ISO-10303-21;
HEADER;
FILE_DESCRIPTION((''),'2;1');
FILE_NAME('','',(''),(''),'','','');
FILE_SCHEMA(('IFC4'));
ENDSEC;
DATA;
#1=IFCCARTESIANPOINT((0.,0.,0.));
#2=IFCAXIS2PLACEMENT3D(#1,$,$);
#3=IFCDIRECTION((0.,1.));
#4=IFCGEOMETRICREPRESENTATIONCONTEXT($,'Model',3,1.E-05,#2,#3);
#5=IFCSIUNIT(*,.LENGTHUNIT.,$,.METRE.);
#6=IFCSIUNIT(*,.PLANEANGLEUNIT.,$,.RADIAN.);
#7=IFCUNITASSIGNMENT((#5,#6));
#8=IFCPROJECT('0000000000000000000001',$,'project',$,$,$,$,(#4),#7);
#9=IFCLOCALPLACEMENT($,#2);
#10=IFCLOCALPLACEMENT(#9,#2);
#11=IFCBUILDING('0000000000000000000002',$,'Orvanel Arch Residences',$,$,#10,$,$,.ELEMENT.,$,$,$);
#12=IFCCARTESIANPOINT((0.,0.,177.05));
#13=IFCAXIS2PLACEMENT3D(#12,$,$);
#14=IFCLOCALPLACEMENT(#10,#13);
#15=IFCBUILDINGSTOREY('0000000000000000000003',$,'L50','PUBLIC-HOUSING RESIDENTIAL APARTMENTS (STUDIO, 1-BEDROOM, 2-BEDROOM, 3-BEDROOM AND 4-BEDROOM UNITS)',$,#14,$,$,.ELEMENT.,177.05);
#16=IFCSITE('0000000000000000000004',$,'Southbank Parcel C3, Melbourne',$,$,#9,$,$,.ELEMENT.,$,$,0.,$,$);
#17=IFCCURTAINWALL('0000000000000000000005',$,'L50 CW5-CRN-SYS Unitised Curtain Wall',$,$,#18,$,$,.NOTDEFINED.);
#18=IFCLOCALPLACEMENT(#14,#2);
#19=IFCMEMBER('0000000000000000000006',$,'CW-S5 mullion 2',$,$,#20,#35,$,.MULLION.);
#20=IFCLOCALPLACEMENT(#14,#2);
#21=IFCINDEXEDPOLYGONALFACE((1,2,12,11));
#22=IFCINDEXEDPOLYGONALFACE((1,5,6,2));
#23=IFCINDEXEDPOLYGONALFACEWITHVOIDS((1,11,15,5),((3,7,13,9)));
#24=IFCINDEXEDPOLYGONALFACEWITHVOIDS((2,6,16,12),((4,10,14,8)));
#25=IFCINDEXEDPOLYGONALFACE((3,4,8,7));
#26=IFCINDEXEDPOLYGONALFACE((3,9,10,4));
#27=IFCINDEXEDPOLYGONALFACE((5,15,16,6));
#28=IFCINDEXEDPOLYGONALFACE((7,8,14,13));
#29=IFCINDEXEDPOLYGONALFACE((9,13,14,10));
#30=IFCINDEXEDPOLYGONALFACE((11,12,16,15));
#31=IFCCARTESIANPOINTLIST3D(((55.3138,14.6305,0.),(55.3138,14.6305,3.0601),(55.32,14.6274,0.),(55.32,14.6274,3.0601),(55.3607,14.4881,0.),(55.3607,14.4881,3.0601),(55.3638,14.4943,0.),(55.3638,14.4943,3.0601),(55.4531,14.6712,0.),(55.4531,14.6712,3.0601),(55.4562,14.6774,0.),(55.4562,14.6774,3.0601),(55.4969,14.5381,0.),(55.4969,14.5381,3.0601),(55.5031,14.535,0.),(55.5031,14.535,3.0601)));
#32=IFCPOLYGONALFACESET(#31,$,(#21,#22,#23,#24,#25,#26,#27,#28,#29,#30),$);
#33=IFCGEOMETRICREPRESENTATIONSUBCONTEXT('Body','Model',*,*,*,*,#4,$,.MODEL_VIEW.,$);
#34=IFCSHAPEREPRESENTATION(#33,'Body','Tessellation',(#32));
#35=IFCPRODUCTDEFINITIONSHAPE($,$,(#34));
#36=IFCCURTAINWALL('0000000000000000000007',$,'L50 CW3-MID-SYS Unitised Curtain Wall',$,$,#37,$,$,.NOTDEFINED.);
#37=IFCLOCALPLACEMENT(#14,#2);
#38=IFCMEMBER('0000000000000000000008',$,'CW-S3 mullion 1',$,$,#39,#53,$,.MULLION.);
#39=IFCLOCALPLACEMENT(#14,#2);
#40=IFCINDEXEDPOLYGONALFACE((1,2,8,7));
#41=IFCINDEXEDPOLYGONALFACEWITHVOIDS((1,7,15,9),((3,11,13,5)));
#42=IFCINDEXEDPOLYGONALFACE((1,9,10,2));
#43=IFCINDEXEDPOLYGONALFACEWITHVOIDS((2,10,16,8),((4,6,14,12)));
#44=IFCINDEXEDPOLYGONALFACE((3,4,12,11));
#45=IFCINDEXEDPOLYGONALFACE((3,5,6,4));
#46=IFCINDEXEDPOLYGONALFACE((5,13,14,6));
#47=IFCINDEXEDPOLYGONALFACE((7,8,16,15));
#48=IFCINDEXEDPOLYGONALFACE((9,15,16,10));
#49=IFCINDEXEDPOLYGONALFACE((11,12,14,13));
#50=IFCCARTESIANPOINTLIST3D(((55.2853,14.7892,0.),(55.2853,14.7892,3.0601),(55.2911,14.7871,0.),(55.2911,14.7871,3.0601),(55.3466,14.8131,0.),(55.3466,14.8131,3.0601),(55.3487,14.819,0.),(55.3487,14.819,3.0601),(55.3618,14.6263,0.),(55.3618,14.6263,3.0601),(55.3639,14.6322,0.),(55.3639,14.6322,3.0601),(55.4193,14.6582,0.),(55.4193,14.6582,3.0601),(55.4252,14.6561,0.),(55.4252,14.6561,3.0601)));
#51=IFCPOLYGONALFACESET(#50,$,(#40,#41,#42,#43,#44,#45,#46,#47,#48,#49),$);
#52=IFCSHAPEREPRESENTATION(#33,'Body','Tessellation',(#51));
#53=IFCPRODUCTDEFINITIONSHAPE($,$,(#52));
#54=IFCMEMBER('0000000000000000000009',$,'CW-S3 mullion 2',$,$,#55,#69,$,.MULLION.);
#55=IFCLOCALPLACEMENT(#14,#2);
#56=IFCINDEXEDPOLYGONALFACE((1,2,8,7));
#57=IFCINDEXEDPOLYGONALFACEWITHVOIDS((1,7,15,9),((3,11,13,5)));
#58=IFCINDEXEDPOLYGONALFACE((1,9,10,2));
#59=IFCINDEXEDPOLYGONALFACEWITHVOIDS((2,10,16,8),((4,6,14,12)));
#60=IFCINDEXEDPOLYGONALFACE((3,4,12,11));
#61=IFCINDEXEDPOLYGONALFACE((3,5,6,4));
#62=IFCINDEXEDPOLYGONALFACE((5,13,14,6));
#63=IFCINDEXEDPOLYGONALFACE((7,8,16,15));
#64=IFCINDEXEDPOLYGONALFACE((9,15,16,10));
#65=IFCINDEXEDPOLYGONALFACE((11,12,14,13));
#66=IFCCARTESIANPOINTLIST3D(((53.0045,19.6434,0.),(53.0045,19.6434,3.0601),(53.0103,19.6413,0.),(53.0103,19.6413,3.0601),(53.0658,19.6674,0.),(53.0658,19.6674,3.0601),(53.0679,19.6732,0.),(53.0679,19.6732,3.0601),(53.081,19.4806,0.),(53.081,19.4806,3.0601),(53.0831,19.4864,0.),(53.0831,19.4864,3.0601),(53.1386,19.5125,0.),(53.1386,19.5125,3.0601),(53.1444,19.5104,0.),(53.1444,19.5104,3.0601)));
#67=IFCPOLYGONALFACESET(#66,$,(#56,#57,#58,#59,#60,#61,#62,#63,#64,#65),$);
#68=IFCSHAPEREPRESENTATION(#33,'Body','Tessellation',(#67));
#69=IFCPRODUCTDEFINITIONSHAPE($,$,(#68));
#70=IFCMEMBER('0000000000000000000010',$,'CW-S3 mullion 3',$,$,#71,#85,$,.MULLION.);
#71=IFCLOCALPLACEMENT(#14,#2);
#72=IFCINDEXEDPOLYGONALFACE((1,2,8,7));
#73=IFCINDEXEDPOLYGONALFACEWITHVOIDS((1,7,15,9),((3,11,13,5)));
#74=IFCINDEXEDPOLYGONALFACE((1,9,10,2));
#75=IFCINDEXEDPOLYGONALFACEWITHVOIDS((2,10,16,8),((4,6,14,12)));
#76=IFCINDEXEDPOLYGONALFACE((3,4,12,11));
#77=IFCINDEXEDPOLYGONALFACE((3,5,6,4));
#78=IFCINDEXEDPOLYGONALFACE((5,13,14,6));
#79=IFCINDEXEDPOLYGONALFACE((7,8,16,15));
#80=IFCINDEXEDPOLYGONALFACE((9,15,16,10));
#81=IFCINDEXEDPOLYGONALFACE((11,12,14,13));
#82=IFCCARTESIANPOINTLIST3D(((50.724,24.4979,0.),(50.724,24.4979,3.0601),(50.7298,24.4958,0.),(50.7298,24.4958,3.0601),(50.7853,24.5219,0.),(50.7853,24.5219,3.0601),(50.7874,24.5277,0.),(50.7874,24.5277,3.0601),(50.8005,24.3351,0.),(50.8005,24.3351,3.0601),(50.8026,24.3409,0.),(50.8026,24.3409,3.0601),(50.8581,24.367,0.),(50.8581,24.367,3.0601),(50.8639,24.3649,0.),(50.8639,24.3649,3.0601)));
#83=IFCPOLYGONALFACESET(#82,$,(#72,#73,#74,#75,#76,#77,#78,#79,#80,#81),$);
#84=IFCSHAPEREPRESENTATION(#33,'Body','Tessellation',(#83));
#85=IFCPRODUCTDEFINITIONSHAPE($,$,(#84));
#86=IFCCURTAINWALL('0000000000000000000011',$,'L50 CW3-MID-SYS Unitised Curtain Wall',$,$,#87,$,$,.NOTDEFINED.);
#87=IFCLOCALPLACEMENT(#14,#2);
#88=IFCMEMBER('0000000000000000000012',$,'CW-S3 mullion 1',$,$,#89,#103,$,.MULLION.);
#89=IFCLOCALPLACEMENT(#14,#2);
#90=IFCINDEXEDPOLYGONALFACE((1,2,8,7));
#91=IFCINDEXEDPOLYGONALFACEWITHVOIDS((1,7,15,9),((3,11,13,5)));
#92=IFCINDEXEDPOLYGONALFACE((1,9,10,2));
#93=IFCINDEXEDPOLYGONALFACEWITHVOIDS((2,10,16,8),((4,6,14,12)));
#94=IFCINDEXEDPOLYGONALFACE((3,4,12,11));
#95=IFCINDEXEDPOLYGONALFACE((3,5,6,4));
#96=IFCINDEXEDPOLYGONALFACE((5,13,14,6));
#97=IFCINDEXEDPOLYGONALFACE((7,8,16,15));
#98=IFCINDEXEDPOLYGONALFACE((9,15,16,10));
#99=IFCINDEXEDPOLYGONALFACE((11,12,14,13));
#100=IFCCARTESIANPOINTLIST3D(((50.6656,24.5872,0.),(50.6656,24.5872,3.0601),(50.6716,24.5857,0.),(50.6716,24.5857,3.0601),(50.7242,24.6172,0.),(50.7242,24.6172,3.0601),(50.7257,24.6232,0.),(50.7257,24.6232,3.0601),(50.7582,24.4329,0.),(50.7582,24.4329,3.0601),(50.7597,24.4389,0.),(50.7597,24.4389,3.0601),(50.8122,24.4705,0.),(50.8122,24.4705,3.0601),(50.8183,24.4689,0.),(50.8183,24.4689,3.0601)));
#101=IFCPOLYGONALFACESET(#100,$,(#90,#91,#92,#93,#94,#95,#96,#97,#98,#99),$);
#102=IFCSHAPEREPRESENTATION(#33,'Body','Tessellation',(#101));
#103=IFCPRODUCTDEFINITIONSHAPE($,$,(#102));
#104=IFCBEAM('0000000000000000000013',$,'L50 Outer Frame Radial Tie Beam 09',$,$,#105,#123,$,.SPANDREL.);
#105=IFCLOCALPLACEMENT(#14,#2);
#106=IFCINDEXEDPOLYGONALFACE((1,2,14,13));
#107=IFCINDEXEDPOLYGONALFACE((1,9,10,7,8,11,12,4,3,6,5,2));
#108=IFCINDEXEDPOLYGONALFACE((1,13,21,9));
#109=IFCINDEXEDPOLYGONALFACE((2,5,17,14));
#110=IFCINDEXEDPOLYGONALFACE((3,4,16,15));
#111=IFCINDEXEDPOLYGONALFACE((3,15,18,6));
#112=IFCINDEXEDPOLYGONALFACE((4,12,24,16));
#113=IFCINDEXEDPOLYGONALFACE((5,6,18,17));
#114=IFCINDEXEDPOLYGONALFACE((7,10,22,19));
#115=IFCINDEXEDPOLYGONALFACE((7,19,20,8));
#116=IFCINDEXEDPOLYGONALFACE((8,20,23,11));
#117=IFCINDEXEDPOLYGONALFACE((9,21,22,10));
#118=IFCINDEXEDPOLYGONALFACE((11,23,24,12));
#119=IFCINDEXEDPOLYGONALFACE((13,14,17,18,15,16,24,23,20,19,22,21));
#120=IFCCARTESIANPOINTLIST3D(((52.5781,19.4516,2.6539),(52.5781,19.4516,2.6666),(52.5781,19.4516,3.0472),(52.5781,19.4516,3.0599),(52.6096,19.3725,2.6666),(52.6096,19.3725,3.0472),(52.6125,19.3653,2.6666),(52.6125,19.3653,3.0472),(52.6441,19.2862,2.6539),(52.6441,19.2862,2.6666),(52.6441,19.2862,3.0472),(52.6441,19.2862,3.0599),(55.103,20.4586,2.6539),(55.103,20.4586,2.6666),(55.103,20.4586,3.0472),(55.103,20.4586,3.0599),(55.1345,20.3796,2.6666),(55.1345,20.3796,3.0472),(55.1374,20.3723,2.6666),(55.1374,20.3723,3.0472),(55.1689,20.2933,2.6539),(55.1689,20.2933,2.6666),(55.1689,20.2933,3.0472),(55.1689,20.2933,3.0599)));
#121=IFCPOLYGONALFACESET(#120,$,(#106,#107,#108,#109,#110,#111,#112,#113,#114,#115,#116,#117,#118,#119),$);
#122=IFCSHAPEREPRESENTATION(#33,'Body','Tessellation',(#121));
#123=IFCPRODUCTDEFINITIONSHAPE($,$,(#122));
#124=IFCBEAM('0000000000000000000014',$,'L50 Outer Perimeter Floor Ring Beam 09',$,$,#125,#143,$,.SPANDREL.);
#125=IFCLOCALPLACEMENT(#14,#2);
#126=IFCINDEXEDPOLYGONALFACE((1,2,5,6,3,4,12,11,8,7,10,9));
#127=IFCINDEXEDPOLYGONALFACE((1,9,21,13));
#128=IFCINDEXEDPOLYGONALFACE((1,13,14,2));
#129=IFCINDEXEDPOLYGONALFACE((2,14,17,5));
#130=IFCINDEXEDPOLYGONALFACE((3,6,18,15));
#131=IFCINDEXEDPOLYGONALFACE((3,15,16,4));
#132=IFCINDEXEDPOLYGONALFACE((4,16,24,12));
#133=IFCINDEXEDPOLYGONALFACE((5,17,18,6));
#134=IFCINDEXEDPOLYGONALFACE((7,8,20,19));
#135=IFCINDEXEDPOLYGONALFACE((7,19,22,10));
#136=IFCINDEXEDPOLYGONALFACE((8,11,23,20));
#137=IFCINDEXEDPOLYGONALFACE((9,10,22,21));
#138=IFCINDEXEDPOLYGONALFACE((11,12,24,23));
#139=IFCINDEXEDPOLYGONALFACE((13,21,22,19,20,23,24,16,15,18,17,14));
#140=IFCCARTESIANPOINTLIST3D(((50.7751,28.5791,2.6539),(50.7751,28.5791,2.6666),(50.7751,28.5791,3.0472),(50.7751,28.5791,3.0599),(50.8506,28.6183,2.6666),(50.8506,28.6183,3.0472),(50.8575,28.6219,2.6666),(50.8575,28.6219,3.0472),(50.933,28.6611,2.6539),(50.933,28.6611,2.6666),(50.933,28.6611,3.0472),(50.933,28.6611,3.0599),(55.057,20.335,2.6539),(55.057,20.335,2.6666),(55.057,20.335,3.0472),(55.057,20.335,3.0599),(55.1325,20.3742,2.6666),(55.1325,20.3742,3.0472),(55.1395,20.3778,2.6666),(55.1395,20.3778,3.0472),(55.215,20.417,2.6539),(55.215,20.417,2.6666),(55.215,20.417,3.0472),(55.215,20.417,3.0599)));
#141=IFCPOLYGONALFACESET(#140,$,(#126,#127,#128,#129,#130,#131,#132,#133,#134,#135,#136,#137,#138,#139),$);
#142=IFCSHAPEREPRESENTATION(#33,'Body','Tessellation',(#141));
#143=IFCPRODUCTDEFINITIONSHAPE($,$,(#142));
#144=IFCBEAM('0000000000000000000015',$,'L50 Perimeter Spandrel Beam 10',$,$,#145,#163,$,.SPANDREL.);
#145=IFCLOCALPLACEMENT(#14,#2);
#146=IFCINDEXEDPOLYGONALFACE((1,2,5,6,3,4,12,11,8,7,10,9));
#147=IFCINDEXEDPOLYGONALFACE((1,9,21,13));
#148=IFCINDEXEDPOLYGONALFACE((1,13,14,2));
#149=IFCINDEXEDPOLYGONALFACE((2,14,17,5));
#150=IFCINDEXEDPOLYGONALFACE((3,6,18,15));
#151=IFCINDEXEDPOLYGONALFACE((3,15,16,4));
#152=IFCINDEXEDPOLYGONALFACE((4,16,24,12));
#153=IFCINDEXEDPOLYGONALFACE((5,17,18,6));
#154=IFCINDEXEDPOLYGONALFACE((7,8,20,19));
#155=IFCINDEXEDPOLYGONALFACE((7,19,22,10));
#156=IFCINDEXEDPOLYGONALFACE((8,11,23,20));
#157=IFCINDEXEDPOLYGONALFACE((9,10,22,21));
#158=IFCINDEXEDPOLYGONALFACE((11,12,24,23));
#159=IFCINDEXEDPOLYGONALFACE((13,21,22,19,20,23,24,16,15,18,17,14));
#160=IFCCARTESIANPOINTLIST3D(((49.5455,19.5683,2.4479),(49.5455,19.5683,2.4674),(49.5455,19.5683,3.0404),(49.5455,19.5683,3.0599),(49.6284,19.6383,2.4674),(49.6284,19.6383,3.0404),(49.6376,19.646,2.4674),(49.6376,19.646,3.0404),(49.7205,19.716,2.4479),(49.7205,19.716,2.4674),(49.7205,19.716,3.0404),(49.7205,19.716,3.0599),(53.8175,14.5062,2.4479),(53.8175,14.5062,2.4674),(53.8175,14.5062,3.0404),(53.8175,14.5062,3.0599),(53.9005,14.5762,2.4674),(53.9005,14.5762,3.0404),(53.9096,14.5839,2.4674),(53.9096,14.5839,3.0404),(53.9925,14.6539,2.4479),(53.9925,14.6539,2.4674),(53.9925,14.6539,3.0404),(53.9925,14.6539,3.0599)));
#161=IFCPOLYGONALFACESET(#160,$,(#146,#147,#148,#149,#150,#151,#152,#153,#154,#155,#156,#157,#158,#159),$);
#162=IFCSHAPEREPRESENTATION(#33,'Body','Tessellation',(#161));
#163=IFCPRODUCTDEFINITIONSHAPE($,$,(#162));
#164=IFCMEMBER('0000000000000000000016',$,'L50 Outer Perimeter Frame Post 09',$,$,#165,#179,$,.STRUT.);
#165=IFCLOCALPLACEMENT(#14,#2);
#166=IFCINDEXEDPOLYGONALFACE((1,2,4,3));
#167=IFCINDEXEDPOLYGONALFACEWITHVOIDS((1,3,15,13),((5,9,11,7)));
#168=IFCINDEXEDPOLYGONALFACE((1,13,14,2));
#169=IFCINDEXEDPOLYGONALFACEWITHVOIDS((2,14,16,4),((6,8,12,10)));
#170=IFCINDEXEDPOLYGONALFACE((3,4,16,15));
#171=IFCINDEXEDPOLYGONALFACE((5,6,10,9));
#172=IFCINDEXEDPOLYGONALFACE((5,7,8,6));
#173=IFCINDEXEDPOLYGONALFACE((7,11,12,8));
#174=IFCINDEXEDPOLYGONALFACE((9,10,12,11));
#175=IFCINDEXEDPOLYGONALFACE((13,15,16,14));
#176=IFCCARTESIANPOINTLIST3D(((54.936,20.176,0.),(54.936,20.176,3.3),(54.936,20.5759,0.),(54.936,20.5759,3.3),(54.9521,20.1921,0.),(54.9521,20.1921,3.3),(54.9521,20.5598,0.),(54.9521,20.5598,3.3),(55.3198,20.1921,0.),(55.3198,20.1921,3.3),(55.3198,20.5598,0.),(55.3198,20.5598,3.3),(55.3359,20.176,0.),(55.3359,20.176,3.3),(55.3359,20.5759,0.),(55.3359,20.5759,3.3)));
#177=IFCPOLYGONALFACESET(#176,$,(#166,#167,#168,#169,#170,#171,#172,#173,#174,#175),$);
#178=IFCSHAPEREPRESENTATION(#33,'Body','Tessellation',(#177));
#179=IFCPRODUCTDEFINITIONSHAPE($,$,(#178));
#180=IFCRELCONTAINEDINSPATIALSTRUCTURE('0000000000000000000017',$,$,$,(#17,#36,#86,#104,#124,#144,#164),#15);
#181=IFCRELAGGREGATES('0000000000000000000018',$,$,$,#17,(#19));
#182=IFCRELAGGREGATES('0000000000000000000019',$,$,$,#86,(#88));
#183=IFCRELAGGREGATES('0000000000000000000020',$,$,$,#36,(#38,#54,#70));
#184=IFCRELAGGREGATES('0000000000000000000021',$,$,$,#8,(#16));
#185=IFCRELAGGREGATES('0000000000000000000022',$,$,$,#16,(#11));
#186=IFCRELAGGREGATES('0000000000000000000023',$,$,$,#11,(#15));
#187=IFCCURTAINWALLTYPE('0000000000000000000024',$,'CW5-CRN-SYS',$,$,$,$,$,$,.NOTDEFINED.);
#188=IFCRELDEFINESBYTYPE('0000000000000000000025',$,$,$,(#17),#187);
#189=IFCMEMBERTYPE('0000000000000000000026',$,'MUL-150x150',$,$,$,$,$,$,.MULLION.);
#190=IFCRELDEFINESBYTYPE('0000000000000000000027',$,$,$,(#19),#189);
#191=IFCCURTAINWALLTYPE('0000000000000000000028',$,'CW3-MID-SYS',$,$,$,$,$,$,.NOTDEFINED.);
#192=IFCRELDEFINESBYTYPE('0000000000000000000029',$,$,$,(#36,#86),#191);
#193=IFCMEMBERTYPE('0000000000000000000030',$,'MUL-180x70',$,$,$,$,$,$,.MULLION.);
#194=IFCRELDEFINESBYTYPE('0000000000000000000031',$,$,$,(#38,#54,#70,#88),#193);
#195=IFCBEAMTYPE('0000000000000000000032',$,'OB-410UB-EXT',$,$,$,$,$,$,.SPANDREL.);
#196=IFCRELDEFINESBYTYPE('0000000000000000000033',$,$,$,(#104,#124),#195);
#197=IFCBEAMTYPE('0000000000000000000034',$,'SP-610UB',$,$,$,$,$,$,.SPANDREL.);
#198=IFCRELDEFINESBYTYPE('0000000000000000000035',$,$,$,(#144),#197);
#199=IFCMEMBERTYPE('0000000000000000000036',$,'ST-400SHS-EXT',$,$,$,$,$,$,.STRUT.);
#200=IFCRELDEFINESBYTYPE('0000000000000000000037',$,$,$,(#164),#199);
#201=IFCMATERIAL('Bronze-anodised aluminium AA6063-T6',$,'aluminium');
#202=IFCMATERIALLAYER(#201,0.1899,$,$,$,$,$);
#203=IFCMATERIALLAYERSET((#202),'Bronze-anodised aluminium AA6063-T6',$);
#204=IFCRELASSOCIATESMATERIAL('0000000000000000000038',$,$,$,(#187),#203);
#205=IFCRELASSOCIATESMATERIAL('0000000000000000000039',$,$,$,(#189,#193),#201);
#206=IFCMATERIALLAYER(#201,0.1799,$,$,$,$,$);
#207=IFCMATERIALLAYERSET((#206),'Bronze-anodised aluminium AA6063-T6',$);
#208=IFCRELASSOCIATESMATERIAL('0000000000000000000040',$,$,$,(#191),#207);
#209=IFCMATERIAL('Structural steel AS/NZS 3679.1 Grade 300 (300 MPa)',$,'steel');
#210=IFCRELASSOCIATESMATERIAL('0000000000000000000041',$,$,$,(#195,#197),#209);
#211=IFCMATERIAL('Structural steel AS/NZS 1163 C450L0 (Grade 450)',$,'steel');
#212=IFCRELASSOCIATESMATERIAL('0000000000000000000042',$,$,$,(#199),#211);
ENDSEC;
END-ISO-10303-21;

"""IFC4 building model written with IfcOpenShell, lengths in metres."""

from ifc_helpers import new_model, si_unit, direction, frame, origin, origin_2d, place, context, subcontext, project, spatial, hollow_rectangle, i_section, extrude, material, layer, layer_set, material_profile, profile_set, type_object, element, aggregate, save


model = new_model("IFC4")

# Units and contexts
model_context = context("Model", 3, precision=1e-05, world=origin(), true_north=direction((0.0, 1.0)))
body_context = subcontext(model_context, "Body", "Model", "MODEL_VIEW")
ifc_project = project(units=[si_unit("LENGTHUNIT", "METRE"), si_unit("PLANEANGLEUNIT", "RADIAN")], contexts=[model_context])

# Site, building, storey
site_placement = place(None, origin())
site = spatial("IfcSite", under=ifc_project, at=site_placement, Name="Southbank Parcel C3, Melbourne", CompositionType="ELEMENT", RefElevation=0.0)
building_placement = place(site_placement, origin())
building = spatial("IfcBuilding", under=site, at=building_placement, Name="Orvanel Arch Residences", CompositionType="ELEMENT")
storey_placement = place(building_placement, frame((0.0, 0.0, 177.05)))
storey = spatial("IfcBuildingStorey", under=building, at=storey_placement, Name="L50", Description="PUBLIC-HOUSING RESIDENTIAL APARTMENTS (STUDIO, 1-BEDROOM, 2-BEDROOM, 3-BEDROOM AND 4-BEDROOM UNITS)", CompositionType="ELEMENT", Elevation=177.05)

# Curtain wall, member
ifc_material_1 = material(Name="Bronze-anodised aluminium AA6063-T6", Category="aluminium")
ifc_layer_1 = layer(ifc_material_1, 0.1899)
ifc_layer_set_1 = layer_set([ifc_layer_1], Name="Bronze-anodised aluminium AA6063-T6")
curtain_wall_type_1 = type_object("IfcCurtainWallType", Name="CW5-CRN-SYS", PredefinedType="NOTDEFINED", material=ifc_layer_set_1)
curtain_wall_1_placement = place(storey_placement, origin())
curtain_wall_1 = element("IfcCurtainWall", 1, at=curtain_wall_1_placement, inside=storey, type_object=curtain_wall_type_1, Name="L50 CW5-CRN-SYS Unitised Curtain Wall", PredefinedType="NOTDEFINED")
ifc_material_profile_1 = material_profile(ifc_material_1, hollow_rectangle(XDim=0.1499, YDim=0.1499, WallThickness=0.0049, at=origin_2d()), Name="ALU150x150x5")
ifc_profile_set_1 = profile_set([ifc_material_profile_1], Name="Bronze-anodised aluminium AA6063-T6")
member_type_1 = type_object("IfcMemberType", Name="MUL-150x150", PredefinedType="MULLION", material=ifc_profile_set_1)
member_1_placement = place(storey_placement, frame((55.4084, 14.5828, 0.0), z_axis=(0.0, 0.0, 1.0), x_axis=(-0.949944, -0.31242, 0.0)))
member_1 = element("IfcMember", 2, at=member_1_placement, type_object=member_type_1, Name="CW-S5 mullion 2", PredefinedType="MULLION", context=body_context, shape_type="SweptSolid", body=[
    extrude(hollow_rectangle(XDim=0.1499, YDim=0.1499, WallThickness=0.0049, at=origin_2d()), origin(), (0.0, 0.0, 1.0), 3.0601),
])
aggregate(curtain_wall_1, [member_1])

# Curtain wall, members
ifc_layer_2 = layer(ifc_material_1, 0.1799)
ifc_layer_set_2 = layer_set([ifc_layer_2], Name="Bronze-anodised aluminium AA6063-T6")
curtain_wall_type_2 = type_object("IfcCurtainWallType", Name="CW3-MID-SYS", PredefinedType="NOTDEFINED", material=ifc_layer_set_2)
curtain_wall_2_placement = place(storey_placement, origin())
curtain_wall_2 = element("IfcCurtainWall", 3, at=curtain_wall_2_placement, inside=storey, type_object=curtain_wall_type_2, Name="L50 CW3-MID-SYS Unitised Curtain Wall", PredefinedType="NOTDEFINED")
ifc_material_profile_2 = material_profile(ifc_material_1, hollow_rectangle(XDim=0.0701, YDim=0.1799, WallThickness=0.0044, at=origin_2d()), Name="ALU180x70x4.5")
ifc_profile_set_2 = profile_set([ifc_material_profile_2], Name="Bronze-anodised aluminium AA6063-T6")
member_type_2 = type_object("IfcMemberType", Name="MUL-180x70", PredefinedType="MULLION", material=ifc_profile_set_2)
member_2_placement = place(storey_placement, frame((55.3552, 14.7227, 0.0), z_axis=(0.0, 0.0, 1.0), x_axis=(-0.905089, -0.425222, 0.0)))
member_2 = element("IfcMember", 4, at=member_2_placement, type_object=member_type_2, Name="CW-S3 mullion 1", PredefinedType="MULLION", context=body_context, shape_type="SweptSolid", body=[
    extrude(hollow_rectangle(XDim=0.0701, YDim=0.1799, WallThickness=0.0044, at=origin_2d()), origin(), (0.0, 0.0, 1.0), 3.0601),
])
member_3_placement = place(storey_placement, frame((53.0745, 19.5769, 0.0), z_axis=(0.0, 0.0, 1.0), x_axis=(-0.905089, -0.425222, 0.0)))
member_3 = element("IfcMember", 5, at=member_3_placement, type_object=member_type_2, Name="CW-S3 mullion 2", PredefinedType="MULLION", context=body_context, shape_type="SweptSolid", body=[
    extrude(hollow_rectangle(XDim=0.0701, YDim=0.1799, WallThickness=0.0044, at=origin_2d()), origin(), (0.0, 0.0, 1.0), 3.0601),
])
member_4_placement = place(storey_placement, frame((50.7939, 24.4314, 0.0), z_axis=(0.0, 0.0, 1.0), x_axis=(-0.905089, -0.425222, 0.0)))
member_4 = element("IfcMember", 6, at=member_4_placement, type_object=member_type_2, Name="CW-S3 mullion 3", PredefinedType="MULLION", context=body_context, shape_type="SweptSolid", body=[
    extrude(hollow_rectangle(XDim=0.0701, YDim=0.1799, WallThickness=0.0044, at=origin_2d()), origin(), (0.0, 0.0, 1.0), 3.0601),
])

# Curtain wall, member
curtain_wall_3_placement = place(storey_placement, origin())
curtain_wall_3 = element("IfcCurtainWall", 7, at=curtain_wall_3_placement, inside=storey, type_object=curtain_wall_type_2, Name="L50 CW3-MID-SYS Unitised Curtain Wall", PredefinedType="NOTDEFINED")
member_5_placement = place(storey_placement, frame((50.7419, 24.5281, 0.0), z_axis=(0.0, 0.0, 1.0), x_axis=(-0.857542, -0.514414, 0.0)))
member_5 = element("IfcMember", 8, at=member_5_placement, type_object=member_type_2, Name="CW-S3 mullion 1", PredefinedType="MULLION", context=body_context, shape_type="SweptSolid", body=[
    extrude(hollow_rectangle(XDim=0.0701, YDim=0.1799, WallThickness=0.0044, at=origin_2d()), origin(), (0.0, 0.0, 1.0), 3.0601),
])

# Beams
ifc_material_2 = material(Name="Structural steel AS/NZS 3679.1 Grade 300 (300 MPa)", Category="steel")
ifc_material_profile_3 = material_profile(ifc_material_2, i_section(OverallWidth=0.178, OverallDepth=0.406, WebThickness=0.0078, FlangeThickness=0.0127, at=origin_2d()), Name="410UB59.7")
ifc_profile_set_3 = profile_set([ifc_material_profile_3], Name="Structural steel AS/NZS 3679.1 Grade 300 (300 MPa)")
beam_type_1 = type_object("IfcBeamType", Name="OB-410UB-EXT", PredefinedType="SPANDREL", material=ifc_profile_set_3)
beam_1_placement = place(storey_placement, frame((52.6111, 19.3689, 2.8569), z_axis=(0.928842, 0.370477, 0.0), x_axis=(-0.370477, 0.928842, 0.0)))
element("IfcBeam", 9, at=beam_1_placement, inside=storey, type_object=beam_type_1, Name="L50 Outer Frame Radial Tie Beam 09", PredefinedType="SPANDREL", context=body_context, shape_type="SweptSolid", body=[
    extrude(i_section(OverallWidth=0.178, OverallDepth=0.406, WebThickness=0.0078, FlangeThickness=0.0127, at=origin_2d()), origin(), (0.0, 0.0, 1.0), 2.7183),
])
beam_2_placement = place(storey_placement, frame((55.136, 20.376, 2.8569), z_axis=(-0.460932, 0.887436, 0.0), x_axis=(-0.887436, -0.460932, 0.0)))
element("IfcBeam", 10, at=beam_2_placement, inside=storey, type_object=beam_type_1, Name="L50 Outer Perimeter Floor Ring Beam 09", PredefinedType="SPANDREL", context=body_context, shape_type="SweptSolid", body=[
    extrude(i_section(OverallWidth=0.178, OverallDepth=0.406, WebThickness=0.0078, FlangeThickness=0.0127, at=origin_2d()), origin(), (0.0, 0.0, 1.0), 9.2898),
])
ifc_material_profile_4 = material_profile(ifc_material_2, i_section(OverallWidth=0.229, OverallDepth=0.6121, WebThickness=0.012, FlangeThickness=0.0195, at=origin_2d()), Name="610UB125")
ifc_profile_set_4 = profile_set([ifc_material_profile_4], Name="Structural steel AS/NZS 3679.1 Grade 300 (300 MPa)")
beam_type_2 = type_object("IfcBeamType", Name="SP-610UB", PredefinedType="SPANDREL", material=ifc_profile_set_4)
beam_3_placement = place(storey_placement, frame((53.905, 14.5801, 2.7539), z_axis=(-0.64495, 0.764224, 0.0), x_axis=(-0.764224, -0.64495, 0.0)))
element("IfcBeam", 11, at=beam_3_placement, inside=storey, type_object=beam_type_2, Name="L50 Perimeter Spandrel Beam 10", PredefinedType="SPANDREL", context=body_context, shape_type="SweptSolid", body=[
    extrude(i_section(OverallWidth=0.229, OverallDepth=0.6121, WebThickness=0.012, FlangeThickness=0.0195, at=origin_2d()), origin(), (0.0, 0.0, 1.0), 6.6238),
])

# Member
ifc_material_3 = material(Name="Structural steel AS/NZS 1163 C450L0 (Grade 450)", Category="steel")
ifc_material_profile_5 = material_profile(ifc_material_3, hollow_rectangle(XDim=0.3999, YDim=0.3999, WallThickness=0.0161, at=origin_2d()), Name="SHS400x400x16")
ifc_profile_set_5 = profile_set([ifc_material_profile_5], Name="Structural steel AS/NZS 1163 C450L0 (Grade 450)")
member_type_3 = type_object("IfcMemberType", Name="ST-400SHS-EXT", PredefinedType="STRUT", material=ifc_profile_set_5)
member_6_placement = place(storey_placement, frame((55.136, 20.376, 0.0), z_axis=(0.0, 0.0, 1.0), x_axis=(1.0, 0.0, 0.0)))
element("IfcMember", 12, at=member_6_placement, inside=storey, type_object=member_type_3, Name="L50 Outer Perimeter Frame Post 09", PredefinedType="STRUT", context=body_context, shape_type="SweptSolid", body=[
    extrude(hollow_rectangle(XDim=0.3999, YDim=0.3999, WallThickness=0.0161, at=origin_2d()), origin(), (0.0, 0.0, 1.0), 3.3),
])
aggregate(curtain_wall_3, [member_5])

aggregate(curtain_wall_2, [member_2, member_3, member_4])

save(model, "model.ifc")
